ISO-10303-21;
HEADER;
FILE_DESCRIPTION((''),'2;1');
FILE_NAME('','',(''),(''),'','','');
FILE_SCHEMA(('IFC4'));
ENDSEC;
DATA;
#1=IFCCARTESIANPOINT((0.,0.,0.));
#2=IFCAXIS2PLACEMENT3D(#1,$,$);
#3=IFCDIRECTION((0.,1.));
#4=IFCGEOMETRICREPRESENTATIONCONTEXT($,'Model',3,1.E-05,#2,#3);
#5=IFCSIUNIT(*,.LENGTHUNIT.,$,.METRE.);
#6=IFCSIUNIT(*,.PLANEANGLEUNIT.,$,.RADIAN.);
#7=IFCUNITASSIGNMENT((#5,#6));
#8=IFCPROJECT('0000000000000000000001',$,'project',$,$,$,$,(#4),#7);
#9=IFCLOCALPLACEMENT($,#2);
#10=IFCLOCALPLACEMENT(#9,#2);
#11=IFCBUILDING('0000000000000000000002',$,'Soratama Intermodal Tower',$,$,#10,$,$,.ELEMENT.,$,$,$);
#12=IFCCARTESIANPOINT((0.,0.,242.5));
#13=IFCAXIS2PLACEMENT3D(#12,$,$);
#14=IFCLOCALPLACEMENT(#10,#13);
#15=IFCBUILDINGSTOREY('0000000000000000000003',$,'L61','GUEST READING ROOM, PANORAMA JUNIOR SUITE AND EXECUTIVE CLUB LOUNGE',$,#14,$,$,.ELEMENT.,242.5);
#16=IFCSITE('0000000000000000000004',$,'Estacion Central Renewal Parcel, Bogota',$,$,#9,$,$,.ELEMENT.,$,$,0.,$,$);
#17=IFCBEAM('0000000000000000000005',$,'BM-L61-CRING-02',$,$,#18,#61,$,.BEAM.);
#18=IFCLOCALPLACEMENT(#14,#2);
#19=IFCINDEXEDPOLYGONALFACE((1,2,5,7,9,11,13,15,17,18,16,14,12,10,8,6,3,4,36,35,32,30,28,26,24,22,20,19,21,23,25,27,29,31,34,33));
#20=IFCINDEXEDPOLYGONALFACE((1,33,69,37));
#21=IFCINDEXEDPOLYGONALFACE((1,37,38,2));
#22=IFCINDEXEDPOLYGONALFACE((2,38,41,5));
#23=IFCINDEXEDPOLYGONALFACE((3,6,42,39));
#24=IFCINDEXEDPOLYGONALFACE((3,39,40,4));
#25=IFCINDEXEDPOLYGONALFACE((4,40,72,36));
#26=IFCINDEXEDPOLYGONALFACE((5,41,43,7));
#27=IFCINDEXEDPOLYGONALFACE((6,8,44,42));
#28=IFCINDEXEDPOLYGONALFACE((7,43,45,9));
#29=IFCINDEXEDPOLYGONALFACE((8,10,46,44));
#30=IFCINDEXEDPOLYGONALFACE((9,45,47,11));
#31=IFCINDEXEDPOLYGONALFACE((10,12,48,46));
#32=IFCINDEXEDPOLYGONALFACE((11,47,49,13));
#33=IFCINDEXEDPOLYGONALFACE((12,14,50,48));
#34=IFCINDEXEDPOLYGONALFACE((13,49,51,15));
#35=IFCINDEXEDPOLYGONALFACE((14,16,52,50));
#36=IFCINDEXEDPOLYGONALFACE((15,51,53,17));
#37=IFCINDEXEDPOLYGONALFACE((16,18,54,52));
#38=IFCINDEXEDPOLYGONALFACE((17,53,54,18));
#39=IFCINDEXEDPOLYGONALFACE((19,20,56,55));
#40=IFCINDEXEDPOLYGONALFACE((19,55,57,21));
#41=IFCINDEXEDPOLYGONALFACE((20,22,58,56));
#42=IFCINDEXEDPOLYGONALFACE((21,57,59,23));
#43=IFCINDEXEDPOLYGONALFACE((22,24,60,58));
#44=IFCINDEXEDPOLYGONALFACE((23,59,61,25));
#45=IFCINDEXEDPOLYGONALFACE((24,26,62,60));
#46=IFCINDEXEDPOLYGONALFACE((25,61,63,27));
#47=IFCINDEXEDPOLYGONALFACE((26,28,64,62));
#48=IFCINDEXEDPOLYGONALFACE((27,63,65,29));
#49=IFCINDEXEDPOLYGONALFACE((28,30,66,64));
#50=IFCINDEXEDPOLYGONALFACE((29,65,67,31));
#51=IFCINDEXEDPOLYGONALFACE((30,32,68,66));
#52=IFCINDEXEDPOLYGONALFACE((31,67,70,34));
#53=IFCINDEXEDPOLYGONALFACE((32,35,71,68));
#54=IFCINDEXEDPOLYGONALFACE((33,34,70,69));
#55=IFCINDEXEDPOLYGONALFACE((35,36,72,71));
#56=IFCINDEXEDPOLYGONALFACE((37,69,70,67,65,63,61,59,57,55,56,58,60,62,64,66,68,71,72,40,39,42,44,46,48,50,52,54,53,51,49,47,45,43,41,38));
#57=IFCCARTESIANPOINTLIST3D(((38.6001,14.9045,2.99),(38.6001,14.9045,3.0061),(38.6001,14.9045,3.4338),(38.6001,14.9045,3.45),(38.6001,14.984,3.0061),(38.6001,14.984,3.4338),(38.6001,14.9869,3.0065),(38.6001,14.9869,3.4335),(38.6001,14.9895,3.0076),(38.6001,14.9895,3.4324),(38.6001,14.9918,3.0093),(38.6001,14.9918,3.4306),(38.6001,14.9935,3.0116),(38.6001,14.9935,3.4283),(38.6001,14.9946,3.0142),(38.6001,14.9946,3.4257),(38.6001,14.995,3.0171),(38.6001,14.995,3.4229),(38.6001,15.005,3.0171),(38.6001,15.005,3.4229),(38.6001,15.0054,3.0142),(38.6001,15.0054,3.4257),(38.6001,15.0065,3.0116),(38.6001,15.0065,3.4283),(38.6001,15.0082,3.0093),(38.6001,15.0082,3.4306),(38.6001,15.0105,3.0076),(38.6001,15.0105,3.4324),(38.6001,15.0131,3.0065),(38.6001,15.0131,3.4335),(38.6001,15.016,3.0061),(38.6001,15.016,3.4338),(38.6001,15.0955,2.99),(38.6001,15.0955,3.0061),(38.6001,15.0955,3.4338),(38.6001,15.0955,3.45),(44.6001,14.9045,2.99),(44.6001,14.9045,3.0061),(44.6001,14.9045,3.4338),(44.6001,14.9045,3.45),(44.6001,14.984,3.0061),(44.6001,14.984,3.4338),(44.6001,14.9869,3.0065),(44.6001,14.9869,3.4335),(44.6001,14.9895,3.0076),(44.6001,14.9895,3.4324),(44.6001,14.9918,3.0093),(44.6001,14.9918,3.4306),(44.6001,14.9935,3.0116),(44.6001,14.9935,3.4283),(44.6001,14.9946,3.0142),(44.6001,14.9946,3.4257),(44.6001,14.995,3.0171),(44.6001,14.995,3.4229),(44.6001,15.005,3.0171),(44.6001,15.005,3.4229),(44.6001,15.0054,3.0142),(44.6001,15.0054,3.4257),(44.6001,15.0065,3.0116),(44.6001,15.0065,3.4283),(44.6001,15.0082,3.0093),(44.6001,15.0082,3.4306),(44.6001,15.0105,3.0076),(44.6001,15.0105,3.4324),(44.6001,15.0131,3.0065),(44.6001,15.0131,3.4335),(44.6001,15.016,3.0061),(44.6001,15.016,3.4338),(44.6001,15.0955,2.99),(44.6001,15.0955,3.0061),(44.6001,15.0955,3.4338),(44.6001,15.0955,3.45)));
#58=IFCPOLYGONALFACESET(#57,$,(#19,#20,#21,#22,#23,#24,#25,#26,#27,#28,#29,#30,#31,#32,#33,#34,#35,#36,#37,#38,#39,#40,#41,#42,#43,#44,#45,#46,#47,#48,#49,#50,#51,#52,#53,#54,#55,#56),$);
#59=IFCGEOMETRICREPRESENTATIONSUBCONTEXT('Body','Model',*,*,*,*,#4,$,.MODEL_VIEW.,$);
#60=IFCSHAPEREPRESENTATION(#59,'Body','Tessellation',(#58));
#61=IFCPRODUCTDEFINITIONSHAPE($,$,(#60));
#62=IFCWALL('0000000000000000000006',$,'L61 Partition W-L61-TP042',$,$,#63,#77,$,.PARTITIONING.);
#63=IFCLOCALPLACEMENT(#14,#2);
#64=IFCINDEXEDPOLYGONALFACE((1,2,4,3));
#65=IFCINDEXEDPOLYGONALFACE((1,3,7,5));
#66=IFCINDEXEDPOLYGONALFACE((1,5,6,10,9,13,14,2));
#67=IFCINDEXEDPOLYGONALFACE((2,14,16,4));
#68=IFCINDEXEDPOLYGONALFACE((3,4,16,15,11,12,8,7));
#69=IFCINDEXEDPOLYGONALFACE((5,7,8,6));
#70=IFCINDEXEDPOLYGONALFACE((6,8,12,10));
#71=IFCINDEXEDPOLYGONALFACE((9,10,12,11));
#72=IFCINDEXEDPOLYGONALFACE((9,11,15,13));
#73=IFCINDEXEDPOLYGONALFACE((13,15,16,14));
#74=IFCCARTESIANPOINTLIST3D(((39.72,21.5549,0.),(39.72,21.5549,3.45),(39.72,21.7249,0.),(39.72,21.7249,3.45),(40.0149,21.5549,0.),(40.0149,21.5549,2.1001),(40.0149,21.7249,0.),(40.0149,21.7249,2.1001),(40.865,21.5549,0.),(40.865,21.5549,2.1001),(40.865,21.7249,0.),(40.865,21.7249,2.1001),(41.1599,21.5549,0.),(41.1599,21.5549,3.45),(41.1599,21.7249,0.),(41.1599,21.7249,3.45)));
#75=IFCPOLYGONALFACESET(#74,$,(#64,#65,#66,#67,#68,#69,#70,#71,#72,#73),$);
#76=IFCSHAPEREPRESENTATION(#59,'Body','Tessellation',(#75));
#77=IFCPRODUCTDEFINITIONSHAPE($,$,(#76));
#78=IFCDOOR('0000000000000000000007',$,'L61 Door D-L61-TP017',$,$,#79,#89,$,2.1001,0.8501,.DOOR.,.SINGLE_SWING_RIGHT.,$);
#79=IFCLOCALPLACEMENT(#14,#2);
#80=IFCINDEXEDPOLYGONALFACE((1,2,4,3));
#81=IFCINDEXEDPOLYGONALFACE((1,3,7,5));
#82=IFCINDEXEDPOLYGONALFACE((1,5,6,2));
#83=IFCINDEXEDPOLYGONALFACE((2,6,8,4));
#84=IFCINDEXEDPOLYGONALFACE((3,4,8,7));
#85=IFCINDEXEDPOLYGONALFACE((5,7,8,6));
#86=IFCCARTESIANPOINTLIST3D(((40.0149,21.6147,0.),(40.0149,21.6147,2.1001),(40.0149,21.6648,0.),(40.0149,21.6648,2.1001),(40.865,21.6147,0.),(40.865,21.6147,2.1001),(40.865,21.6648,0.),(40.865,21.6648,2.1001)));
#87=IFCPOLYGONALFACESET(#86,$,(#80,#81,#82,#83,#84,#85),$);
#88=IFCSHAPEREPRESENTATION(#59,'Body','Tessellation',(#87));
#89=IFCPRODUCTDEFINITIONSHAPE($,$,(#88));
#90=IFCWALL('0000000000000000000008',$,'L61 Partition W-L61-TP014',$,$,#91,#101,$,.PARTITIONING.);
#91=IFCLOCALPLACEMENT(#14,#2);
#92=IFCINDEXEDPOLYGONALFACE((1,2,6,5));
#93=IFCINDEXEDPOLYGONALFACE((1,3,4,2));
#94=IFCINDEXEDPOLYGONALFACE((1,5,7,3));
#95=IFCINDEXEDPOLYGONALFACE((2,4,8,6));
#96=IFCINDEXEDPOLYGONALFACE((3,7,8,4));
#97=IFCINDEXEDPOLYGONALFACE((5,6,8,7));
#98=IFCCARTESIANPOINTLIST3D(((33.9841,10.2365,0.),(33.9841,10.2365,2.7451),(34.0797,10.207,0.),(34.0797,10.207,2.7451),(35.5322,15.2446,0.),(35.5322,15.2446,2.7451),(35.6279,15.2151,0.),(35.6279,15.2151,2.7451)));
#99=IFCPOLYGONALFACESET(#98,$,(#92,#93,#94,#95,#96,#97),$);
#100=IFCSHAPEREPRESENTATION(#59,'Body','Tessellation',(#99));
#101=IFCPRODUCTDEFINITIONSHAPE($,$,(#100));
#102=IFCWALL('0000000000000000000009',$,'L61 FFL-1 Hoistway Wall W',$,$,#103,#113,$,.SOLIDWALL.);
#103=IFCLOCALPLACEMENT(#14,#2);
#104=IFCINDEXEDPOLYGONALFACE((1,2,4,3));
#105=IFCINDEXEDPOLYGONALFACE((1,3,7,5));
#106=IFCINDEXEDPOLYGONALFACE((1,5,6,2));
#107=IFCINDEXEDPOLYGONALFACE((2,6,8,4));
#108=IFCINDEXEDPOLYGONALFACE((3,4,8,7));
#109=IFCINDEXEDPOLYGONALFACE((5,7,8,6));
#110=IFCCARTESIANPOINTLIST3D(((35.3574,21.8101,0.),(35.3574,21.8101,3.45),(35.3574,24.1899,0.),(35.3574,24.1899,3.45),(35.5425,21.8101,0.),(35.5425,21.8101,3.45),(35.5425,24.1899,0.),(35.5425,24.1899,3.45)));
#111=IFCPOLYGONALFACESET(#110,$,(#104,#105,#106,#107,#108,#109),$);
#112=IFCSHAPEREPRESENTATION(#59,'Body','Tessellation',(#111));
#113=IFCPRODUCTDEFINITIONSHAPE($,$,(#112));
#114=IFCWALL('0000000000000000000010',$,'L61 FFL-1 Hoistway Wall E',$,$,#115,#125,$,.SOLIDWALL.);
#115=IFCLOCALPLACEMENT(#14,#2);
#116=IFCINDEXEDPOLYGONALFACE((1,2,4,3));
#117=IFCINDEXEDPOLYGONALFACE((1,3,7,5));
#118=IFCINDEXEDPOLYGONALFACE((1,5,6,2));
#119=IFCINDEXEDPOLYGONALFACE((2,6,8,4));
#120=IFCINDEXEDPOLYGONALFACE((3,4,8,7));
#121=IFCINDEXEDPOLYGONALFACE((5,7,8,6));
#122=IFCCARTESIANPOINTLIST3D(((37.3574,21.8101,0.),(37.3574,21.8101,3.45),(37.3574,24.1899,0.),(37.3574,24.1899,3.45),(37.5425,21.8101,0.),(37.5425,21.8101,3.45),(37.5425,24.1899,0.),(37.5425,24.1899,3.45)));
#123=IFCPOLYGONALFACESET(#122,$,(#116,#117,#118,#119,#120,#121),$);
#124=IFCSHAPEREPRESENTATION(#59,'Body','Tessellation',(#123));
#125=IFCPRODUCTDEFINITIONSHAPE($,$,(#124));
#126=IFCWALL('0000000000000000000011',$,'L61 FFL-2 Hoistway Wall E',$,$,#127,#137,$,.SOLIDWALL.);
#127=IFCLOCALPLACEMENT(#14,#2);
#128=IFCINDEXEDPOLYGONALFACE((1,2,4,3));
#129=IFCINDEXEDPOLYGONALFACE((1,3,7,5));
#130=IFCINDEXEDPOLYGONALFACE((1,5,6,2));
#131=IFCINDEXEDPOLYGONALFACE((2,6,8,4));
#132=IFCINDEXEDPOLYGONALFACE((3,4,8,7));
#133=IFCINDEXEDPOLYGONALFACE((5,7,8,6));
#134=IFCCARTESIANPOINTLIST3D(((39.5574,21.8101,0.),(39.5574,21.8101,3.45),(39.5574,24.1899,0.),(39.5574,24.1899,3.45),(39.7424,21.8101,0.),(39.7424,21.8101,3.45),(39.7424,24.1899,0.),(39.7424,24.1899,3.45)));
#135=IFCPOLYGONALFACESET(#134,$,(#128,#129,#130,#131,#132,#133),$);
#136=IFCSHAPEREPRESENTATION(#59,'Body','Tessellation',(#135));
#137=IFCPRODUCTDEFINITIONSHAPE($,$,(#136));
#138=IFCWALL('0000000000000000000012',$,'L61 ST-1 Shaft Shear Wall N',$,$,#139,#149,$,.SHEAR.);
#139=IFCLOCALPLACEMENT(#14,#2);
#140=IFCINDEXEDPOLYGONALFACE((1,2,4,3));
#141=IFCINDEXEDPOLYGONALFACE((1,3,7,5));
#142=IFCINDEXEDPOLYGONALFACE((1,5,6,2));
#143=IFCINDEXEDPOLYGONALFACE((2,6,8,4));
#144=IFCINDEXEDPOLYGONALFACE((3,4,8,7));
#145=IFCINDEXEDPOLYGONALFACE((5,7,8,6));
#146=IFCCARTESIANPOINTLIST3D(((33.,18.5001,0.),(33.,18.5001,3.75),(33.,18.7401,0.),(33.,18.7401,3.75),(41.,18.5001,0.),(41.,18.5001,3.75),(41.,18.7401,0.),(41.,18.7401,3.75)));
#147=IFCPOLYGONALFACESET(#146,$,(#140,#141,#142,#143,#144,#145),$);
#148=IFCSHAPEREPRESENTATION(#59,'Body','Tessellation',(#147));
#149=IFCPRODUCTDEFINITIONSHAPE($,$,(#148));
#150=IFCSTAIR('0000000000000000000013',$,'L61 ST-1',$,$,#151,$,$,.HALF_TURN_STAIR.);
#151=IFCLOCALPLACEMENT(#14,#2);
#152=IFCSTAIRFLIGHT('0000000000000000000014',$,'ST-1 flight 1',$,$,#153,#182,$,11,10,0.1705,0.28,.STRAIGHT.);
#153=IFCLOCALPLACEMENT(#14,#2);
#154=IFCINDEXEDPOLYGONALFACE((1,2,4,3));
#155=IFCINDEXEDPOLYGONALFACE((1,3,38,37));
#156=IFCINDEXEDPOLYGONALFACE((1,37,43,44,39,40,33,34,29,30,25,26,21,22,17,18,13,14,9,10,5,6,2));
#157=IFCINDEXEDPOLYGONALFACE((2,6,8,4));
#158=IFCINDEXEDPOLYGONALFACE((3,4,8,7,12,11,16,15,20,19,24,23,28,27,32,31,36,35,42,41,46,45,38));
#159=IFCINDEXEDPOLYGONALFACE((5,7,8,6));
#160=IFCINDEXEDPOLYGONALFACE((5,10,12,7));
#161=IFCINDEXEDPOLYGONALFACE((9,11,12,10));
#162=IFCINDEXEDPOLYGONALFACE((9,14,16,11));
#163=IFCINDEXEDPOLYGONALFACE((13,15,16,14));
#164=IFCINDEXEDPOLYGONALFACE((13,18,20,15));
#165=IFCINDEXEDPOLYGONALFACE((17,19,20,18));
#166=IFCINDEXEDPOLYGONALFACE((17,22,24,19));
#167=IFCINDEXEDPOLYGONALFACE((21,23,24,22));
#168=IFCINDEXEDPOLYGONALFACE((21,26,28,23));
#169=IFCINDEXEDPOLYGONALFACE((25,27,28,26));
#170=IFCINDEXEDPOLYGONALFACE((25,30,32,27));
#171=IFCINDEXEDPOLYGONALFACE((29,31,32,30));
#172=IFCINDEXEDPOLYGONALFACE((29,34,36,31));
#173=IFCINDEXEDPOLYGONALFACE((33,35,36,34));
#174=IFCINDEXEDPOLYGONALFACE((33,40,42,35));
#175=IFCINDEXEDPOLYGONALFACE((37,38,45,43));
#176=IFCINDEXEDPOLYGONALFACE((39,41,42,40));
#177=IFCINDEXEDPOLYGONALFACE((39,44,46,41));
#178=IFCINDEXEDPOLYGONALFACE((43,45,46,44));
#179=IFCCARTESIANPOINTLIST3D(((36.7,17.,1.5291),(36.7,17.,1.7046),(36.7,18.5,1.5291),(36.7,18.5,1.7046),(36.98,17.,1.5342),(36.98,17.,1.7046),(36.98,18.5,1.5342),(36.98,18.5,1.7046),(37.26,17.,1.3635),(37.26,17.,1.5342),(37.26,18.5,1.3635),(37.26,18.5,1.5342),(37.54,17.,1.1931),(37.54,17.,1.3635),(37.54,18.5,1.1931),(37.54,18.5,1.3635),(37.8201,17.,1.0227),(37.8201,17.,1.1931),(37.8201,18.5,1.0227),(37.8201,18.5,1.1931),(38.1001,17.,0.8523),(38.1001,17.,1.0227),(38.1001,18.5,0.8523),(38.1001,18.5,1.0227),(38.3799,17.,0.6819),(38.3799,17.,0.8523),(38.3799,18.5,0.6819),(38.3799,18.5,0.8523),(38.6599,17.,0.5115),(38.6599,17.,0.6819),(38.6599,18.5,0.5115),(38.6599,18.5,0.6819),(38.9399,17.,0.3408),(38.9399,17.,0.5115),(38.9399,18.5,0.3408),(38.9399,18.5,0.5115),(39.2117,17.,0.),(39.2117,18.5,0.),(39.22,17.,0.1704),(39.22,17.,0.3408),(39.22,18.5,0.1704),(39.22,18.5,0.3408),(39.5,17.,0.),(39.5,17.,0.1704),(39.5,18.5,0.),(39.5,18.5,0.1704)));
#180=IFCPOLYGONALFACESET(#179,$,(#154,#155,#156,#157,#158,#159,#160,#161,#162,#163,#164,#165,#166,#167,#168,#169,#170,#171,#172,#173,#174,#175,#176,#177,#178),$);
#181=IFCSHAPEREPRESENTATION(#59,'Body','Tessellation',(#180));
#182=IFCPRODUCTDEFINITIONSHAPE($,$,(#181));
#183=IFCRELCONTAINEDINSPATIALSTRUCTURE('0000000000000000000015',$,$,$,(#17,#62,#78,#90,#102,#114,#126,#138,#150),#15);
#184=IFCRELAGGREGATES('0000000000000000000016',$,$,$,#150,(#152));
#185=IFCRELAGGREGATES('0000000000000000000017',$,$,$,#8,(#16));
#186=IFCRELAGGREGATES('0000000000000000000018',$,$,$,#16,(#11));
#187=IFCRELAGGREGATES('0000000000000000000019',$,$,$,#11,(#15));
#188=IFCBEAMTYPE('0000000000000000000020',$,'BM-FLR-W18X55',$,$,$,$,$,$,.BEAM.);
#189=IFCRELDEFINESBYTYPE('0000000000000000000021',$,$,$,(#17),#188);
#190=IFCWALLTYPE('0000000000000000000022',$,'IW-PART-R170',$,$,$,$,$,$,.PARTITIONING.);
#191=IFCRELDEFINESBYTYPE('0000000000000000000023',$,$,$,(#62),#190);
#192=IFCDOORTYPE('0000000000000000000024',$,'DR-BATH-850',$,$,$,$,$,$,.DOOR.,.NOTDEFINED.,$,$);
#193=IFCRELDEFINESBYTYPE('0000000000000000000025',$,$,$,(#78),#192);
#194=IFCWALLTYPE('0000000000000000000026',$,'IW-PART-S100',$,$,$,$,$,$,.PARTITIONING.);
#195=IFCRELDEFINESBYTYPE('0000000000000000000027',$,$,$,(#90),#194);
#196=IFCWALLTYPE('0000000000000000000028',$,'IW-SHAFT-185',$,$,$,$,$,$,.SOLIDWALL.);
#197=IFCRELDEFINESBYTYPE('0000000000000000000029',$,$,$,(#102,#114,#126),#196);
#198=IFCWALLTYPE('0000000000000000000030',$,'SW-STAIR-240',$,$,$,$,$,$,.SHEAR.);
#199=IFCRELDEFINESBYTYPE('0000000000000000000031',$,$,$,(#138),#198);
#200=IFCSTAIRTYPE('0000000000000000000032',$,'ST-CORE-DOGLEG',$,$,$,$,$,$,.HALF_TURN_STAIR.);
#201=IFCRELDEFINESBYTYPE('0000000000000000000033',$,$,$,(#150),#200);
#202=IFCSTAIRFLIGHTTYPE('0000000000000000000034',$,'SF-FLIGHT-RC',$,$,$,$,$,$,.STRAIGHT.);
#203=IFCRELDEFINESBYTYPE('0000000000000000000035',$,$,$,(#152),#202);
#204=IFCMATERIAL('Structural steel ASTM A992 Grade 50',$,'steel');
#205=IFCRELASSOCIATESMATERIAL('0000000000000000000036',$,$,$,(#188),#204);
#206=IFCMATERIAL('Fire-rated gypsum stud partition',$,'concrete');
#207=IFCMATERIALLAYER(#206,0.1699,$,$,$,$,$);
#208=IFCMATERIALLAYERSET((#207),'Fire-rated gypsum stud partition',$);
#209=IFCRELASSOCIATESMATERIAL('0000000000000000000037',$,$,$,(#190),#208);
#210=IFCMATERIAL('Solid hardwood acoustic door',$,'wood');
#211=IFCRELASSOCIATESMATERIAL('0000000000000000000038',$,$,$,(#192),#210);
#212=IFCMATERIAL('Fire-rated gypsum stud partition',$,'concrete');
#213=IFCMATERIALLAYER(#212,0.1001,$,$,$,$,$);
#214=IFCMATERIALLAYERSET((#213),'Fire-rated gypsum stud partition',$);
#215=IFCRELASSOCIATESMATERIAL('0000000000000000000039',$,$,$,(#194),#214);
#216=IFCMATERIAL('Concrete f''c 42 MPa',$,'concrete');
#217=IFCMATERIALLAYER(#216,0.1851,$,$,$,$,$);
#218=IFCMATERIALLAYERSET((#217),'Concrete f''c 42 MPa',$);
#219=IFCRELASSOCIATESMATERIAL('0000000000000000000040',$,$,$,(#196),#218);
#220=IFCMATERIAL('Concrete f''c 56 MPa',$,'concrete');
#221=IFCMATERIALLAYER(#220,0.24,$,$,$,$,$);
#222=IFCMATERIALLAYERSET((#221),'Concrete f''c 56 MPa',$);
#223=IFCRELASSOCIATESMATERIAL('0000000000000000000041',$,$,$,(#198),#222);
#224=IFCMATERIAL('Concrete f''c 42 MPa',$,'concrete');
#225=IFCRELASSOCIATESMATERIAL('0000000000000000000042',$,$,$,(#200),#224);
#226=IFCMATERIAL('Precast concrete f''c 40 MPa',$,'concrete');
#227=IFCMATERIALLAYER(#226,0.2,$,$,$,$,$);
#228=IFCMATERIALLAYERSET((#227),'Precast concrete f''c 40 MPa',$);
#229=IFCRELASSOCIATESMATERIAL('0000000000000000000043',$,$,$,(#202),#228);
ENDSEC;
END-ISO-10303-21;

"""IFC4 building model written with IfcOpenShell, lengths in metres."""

from ifc_helpers import new_model, si_unit, direction, frame, frame_2d, origin, origin_2d, place, context, subcontext, project, spatial, polyline, rectangle, i_section, outline, extrude, material, layer, layer_set, material_profile, profile_set, type_object, element, fill, aggregate, save


model = new_model("IFC4")

# Units and contexts
model_context = context("Model", 3, precision=1e-05, world=origin(), true_north=direction((0.0, 1.0)))
body_context = subcontext(model_context, "Body", "Model", "MODEL_VIEW")
ifc_project = project(units=[si_unit("LENGTHUNIT", "METRE"), si_unit("PLANEANGLEUNIT", "RADIAN")], contexts=[model_context])

# Site, building, storey
site_placement = place(None, origin())
site = spatial("IfcSite", under=ifc_project, at=site_placement, Name="Estacion Central Renewal Parcel, Bogota", CompositionType="ELEMENT", RefElevation=0.0)
building_placement = place(site_placement, origin())
building = spatial("IfcBuilding", under=site, at=building_placement, Name="Soratama Intermodal Tower", CompositionType="ELEMENT")
storey_placement = place(building_placement, frame((0.0, 0.0, 242.5)))
storey = spatial("IfcBuildingStorey", under=building, at=storey_placement, Name="L61", Description="GUEST READING ROOM, PANORAMA JUNIOR SUITE AND EXECUTIVE CLUB LOUNGE", CompositionType="ELEMENT", Elevation=242.5)

# Beam
ifc_material_1 = material(Name="Structural steel ASTM A992 Grade 50", Category="steel")
ifc_material_profile = material_profile(ifc_material_1, i_section(OverallWidth=0.1909, OverallDepth=0.46, WebThickness=0.01, FlangeThickness=0.0161, FilletRadius=0.011, at=origin_2d()), Name="W18X55")
ifc_profile_set = profile_set([ifc_material_profile], Name="Structural steel ASTM A992 Grade 50")
beam_type = type_object("IfcBeamType", Name="BM-FLR-W18X55", PredefinedType="BEAM", material=ifc_profile_set)
beam_placement = place(storey_placement, frame((38.6001, 15.0, 3.22), z_axis=(1.0, 0.0, 0.0), x_axis=(0.0, 1.0, 0.0)))
element("IfcBeam", 1, at=beam_placement, inside=storey, type_object=beam_type, Name="BM-L61-CRING-02", PredefinedType="BEAM", context=body_context, shape_type="SweptSolid", body=[
    extrude(i_section(OverallWidth=0.1909, OverallDepth=0.46, WebThickness=0.01, FlangeThickness=0.0161, FilletRadius=0.011, at=origin_2d()), origin(), (0.0, 0.0, 1.0), 6.0),
])

# Wall, opening, door
ifc_material_2 = material(Name="Fire-rated gypsum stud partition", Category="concrete")
ifc_layer_1 = layer(ifc_material_2, 0.1699)
ifc_layer_set_1 = layer_set([ifc_layer_1], Name="Fire-rated gypsum stud partition")
wall_type_1 = type_object("IfcWallType", Name="IW-PART-R170", PredefinedType="PARTITIONING", material=ifc_layer_set_1)
wall_1_placement = place(storey_placement, frame((39.72, 21.6399, 0.0), z_axis=(0.0, 0.0, 1.0), x_axis=(1.0, 0.0, 0.0)))
wall_1 = element("IfcWall", 2, at=wall_1_placement, inside=storey, type_object=wall_type_1, Name="L61 Partition W-L61-TP042", PredefinedType="PARTITIONING", context=body_context, shape_type="SweptSolid", body=[
    extrude(rectangle(XDim=1.4399, YDim=0.1699, at=frame_2d((0.72, 0.0))), origin(), (0.0, 0.0, 1.0), 3.45),
])
opening_1_placement = place(wall_1_placement, frame((0.2949, 0.0, 0.0)))
opening_1 = element("IfcOpeningElement", 3, at=opening_1_placement, cuts=wall_1, PredefinedType="OPENING", context=body_context, shape_type="SweptSolid", body=[
    extrude(rectangle(XDim=0.8501, YDim=2.1001, at=frame_2d((0.425, 1.05))), frame((0.0, 0.095, 0.0), z_axis=(0.0, -1.0, 0.0), x_axis=(1.0, 0.0, 0.0)), (0.0, 0.0, 1.0), 0.1899),
])
ifc_material_3 = material(Name="Solid hardwood acoustic door", Category="wood")
door_type_1 = type_object("IfcDoorType", Name="DR-BATH-850", OperationType="NOTDEFINED", PredefinedType="DOOR", material=ifc_material_3)
door_1_placement = place(opening_1_placement, origin())
door_1 = element("IfcDoor", 4, at=door_1_placement, inside=storey, type_object=door_type_1, Name="L61 Door D-L61-TP017", OperationType="SINGLE_SWING_RIGHT", OverallHeight=2.1001, OverallWidth=0.8501, PredefinedType="DOOR", context=body_context, shape_type="SweptSolid", body=[
    extrude(rectangle(XDim=0.8501, YDim=2.1001, at=frame_2d((0.425, 1.05))), frame((0.0, 0.0249, 0.0), z_axis=(0.0, -1.0, 0.0), x_axis=(1.0, 0.0, 0.0)), (0.0, 0.0, 1.0), 0.05),
])
fill(opening_1, door_1)

# Wall
ifc_material_4 = material(Name="Fire-rated gypsum stud partition", Category="concrete")
ifc_layer_2 = layer(ifc_material_4, 0.1001)
ifc_layer_set_2 = layer_set([ifc_layer_2], Name="Fire-rated gypsum stud partition")
wall_type_2 = type_object("IfcWallType", Name="IW-PART-S100", PredefinedType="PARTITIONING", material=ifc_layer_set_2)
wall_2_placement = place(storey_placement, frame((35.5801, 15.23, 0.0), z_axis=(0.0, 0.0, 1.0), x_axis=(-0.295333, -0.955395, 0.0)))
element("IfcWall", 5, at=wall_2_placement, inside=storey, type_object=wall_type_2, Name="L61 Partition W-L61-TP014", PredefinedType="PARTITIONING", context=body_context, shape_type="SweptSolid", body=[
    extrude(rectangle(XDim=5.2419, YDim=0.1001, at=frame_2d((2.6211, 0.0))), origin(), (0.0, 0.0, 1.0), 2.7451),
])

# Shared definitions
ifc_material_5 = material(Name="Concrete f'c 42 MPa", Category="concrete")
ifc_layer_3 = layer(ifc_material_5, 0.1851)
ifc_layer_set_3 = layer_set([ifc_layer_3], Name="Concrete f'c 42 MPa")
wall_type_3 = type_object("IfcWallType", Name="IW-SHAFT-185", PredefinedType="SOLIDWALL", material=ifc_layer_set_3)

# Walls
for number, where, z_axis, x_axis, name in (
    (6, (35.45, 21.8101, 0.0), (0.0, 0.0, 1.0), (0.0, 1.0, 0.0), "L61 FFL-1 Hoistway Wall W"),
    (7, (37.45, 21.8101, 0.0), (0.0, 0.0, 1.0), (0.0, 1.0, 0.0), "L61 FFL-1 Hoistway Wall E"),
):
    element("IfcWall", number, at=place(storey_placement, frame(where, z_axis=z_axis, x_axis=x_axis)), inside=storey, type_object=wall_type_3, Name=name, PredefinedType="SOLIDWALL", context=body_context, shape_type="SweptSolid", body=[
        extrude(rectangle(XDim=2.3799, YDim=0.1851, at=frame_2d((1.1899, 0.0))), origin(), (0.0, 0.0, 1.0), 3.45),
    ])

# Wall
wall_3_placement = place(storey_placement, frame((39.6499, 21.8101, 0.0), z_axis=(0.0, 0.0, 1.0), x_axis=(0.0, 1.0, 0.0)))
element("IfcWall", 8, at=wall_3_placement, inside=storey, type_object=wall_type_3, Name="L61 FFL-2 Hoistway Wall E", PredefinedType="SOLIDWALL", context=body_context, shape_type="SweptSolid", body=[
    extrude(rectangle(XDim=2.3799, YDim=0.1851, at=frame_2d((1.1899, 0.0))), origin(), (0.0, 0.0, 1.0), 3.45),
])

# Shared definitions
ifc_material_6 = material(Name="Concrete f'c 56 MPa", Category="concrete")
ifc_layer_4 = layer(ifc_material_6, 0.24)
ifc_layer_set_4 = layer_set([ifc_layer_4], Name="Concrete f'c 56 MPa")
wall_type_4 = type_object("IfcWallType", Name="SW-STAIR-240", PredefinedType="SHEAR", material=ifc_layer_set_4)

# Wall
wall_4_placement = place(storey_placement, frame((33.0, 18.6201, 0.0), z_axis=(0.0, 0.0, 1.0), x_axis=(1.0, 0.0, 0.0)))
element("IfcWall", 9, at=wall_4_placement, inside=storey, type_object=wall_type_4, Name="L61 ST-1 Shaft Shear Wall N", PredefinedType="SHEAR", context=body_context, shape_type="SweptSolid", body=[
    extrude(rectangle(XDim=8.0, YDim=0.24, at=frame_2d((4.0, 0.0))), origin(), (0.0, 0.0, 1.0), 3.75),
])

# Stair, stair flight
ifc_material_7 = material(Name="Concrete f'c 42 MPa", Category="concrete")
stair_type = type_object("IfcStairType", Name="ST-CORE-DOGLEG", PredefinedType="HALF_TURN_STAIR", material=ifc_material_7)
stair_placement = place(storey_placement, origin())
stair = element("IfcStair", 10, at=stair_placement, inside=storey, type_object=stair_type, Name="L61 ST-1", PredefinedType="HALF_TURN_STAIR")
ifc_material_8 = material(Name="Precast concrete f'c 40 MPa", Category="concrete")
ifc_layer_5 = layer(ifc_material_8, 0.2)
ifc_layer_set_5 = layer_set([ifc_layer_5], Name="Precast concrete f'c 40 MPa")
stair_flight_type = type_object("IfcStairFlightType", Name="SF-FLIGHT-RC", PredefinedType="STRAIGHT", material=ifc_layer_set_5)
stair_flight_1_placement = place(storey_placement, frame((39.5, 17.75, 0.0), z_axis=(0.0, 0.0, 1.0), x_axis=(-1.0, 0.0, 0.0)))
stair_flight_1 = element("IfcStairFlight", 11, at=stair_flight_1_placement, type_object=stair_flight_type, Name="ST-1 flight 1", NumberOfRisers=11, NumberOfTreads=10, PredefinedType="STRAIGHT", RiserHeight=0.1705, TreadLength=0.28, context=body_context, shape_type="SweptSolid", body=[
    extrude(outline(polyline([(0.0, 0.0), (0.0, 0.1704), (0.28, 0.1704), (0.28, 0.3408), (0.5601, 0.3408), (0.5601, 0.5115), (0.8401, 0.5115), (0.8401, 0.6819), (1.1201, 0.6819), (1.1201, 0.8523), (1.3999, 0.8523), (1.3999, 1.0227), (1.6799, 1.0227), (1.6799, 1.1931), (1.96, 1.1931), (1.96, 1.3635), (2.24, 1.3635), (2.24, 1.5342), (2.52, 1.5342), (2.52, 1.7046), (2.8, 1.7046), (2.8, 1.875), (2.8, 1.5291), (0.2883, 0.0), (0.0, 0.0)])), frame((0.0, 0.75, 0.0), z_axis=(0.0, -1.0, 0.0), x_axis=(1.0, 0.0, 0.0)), (0.0, 0.0, 1.0), 1.5),
])
aggregate(stair, [stair_flight_1])

save(model, "model.ifc")
